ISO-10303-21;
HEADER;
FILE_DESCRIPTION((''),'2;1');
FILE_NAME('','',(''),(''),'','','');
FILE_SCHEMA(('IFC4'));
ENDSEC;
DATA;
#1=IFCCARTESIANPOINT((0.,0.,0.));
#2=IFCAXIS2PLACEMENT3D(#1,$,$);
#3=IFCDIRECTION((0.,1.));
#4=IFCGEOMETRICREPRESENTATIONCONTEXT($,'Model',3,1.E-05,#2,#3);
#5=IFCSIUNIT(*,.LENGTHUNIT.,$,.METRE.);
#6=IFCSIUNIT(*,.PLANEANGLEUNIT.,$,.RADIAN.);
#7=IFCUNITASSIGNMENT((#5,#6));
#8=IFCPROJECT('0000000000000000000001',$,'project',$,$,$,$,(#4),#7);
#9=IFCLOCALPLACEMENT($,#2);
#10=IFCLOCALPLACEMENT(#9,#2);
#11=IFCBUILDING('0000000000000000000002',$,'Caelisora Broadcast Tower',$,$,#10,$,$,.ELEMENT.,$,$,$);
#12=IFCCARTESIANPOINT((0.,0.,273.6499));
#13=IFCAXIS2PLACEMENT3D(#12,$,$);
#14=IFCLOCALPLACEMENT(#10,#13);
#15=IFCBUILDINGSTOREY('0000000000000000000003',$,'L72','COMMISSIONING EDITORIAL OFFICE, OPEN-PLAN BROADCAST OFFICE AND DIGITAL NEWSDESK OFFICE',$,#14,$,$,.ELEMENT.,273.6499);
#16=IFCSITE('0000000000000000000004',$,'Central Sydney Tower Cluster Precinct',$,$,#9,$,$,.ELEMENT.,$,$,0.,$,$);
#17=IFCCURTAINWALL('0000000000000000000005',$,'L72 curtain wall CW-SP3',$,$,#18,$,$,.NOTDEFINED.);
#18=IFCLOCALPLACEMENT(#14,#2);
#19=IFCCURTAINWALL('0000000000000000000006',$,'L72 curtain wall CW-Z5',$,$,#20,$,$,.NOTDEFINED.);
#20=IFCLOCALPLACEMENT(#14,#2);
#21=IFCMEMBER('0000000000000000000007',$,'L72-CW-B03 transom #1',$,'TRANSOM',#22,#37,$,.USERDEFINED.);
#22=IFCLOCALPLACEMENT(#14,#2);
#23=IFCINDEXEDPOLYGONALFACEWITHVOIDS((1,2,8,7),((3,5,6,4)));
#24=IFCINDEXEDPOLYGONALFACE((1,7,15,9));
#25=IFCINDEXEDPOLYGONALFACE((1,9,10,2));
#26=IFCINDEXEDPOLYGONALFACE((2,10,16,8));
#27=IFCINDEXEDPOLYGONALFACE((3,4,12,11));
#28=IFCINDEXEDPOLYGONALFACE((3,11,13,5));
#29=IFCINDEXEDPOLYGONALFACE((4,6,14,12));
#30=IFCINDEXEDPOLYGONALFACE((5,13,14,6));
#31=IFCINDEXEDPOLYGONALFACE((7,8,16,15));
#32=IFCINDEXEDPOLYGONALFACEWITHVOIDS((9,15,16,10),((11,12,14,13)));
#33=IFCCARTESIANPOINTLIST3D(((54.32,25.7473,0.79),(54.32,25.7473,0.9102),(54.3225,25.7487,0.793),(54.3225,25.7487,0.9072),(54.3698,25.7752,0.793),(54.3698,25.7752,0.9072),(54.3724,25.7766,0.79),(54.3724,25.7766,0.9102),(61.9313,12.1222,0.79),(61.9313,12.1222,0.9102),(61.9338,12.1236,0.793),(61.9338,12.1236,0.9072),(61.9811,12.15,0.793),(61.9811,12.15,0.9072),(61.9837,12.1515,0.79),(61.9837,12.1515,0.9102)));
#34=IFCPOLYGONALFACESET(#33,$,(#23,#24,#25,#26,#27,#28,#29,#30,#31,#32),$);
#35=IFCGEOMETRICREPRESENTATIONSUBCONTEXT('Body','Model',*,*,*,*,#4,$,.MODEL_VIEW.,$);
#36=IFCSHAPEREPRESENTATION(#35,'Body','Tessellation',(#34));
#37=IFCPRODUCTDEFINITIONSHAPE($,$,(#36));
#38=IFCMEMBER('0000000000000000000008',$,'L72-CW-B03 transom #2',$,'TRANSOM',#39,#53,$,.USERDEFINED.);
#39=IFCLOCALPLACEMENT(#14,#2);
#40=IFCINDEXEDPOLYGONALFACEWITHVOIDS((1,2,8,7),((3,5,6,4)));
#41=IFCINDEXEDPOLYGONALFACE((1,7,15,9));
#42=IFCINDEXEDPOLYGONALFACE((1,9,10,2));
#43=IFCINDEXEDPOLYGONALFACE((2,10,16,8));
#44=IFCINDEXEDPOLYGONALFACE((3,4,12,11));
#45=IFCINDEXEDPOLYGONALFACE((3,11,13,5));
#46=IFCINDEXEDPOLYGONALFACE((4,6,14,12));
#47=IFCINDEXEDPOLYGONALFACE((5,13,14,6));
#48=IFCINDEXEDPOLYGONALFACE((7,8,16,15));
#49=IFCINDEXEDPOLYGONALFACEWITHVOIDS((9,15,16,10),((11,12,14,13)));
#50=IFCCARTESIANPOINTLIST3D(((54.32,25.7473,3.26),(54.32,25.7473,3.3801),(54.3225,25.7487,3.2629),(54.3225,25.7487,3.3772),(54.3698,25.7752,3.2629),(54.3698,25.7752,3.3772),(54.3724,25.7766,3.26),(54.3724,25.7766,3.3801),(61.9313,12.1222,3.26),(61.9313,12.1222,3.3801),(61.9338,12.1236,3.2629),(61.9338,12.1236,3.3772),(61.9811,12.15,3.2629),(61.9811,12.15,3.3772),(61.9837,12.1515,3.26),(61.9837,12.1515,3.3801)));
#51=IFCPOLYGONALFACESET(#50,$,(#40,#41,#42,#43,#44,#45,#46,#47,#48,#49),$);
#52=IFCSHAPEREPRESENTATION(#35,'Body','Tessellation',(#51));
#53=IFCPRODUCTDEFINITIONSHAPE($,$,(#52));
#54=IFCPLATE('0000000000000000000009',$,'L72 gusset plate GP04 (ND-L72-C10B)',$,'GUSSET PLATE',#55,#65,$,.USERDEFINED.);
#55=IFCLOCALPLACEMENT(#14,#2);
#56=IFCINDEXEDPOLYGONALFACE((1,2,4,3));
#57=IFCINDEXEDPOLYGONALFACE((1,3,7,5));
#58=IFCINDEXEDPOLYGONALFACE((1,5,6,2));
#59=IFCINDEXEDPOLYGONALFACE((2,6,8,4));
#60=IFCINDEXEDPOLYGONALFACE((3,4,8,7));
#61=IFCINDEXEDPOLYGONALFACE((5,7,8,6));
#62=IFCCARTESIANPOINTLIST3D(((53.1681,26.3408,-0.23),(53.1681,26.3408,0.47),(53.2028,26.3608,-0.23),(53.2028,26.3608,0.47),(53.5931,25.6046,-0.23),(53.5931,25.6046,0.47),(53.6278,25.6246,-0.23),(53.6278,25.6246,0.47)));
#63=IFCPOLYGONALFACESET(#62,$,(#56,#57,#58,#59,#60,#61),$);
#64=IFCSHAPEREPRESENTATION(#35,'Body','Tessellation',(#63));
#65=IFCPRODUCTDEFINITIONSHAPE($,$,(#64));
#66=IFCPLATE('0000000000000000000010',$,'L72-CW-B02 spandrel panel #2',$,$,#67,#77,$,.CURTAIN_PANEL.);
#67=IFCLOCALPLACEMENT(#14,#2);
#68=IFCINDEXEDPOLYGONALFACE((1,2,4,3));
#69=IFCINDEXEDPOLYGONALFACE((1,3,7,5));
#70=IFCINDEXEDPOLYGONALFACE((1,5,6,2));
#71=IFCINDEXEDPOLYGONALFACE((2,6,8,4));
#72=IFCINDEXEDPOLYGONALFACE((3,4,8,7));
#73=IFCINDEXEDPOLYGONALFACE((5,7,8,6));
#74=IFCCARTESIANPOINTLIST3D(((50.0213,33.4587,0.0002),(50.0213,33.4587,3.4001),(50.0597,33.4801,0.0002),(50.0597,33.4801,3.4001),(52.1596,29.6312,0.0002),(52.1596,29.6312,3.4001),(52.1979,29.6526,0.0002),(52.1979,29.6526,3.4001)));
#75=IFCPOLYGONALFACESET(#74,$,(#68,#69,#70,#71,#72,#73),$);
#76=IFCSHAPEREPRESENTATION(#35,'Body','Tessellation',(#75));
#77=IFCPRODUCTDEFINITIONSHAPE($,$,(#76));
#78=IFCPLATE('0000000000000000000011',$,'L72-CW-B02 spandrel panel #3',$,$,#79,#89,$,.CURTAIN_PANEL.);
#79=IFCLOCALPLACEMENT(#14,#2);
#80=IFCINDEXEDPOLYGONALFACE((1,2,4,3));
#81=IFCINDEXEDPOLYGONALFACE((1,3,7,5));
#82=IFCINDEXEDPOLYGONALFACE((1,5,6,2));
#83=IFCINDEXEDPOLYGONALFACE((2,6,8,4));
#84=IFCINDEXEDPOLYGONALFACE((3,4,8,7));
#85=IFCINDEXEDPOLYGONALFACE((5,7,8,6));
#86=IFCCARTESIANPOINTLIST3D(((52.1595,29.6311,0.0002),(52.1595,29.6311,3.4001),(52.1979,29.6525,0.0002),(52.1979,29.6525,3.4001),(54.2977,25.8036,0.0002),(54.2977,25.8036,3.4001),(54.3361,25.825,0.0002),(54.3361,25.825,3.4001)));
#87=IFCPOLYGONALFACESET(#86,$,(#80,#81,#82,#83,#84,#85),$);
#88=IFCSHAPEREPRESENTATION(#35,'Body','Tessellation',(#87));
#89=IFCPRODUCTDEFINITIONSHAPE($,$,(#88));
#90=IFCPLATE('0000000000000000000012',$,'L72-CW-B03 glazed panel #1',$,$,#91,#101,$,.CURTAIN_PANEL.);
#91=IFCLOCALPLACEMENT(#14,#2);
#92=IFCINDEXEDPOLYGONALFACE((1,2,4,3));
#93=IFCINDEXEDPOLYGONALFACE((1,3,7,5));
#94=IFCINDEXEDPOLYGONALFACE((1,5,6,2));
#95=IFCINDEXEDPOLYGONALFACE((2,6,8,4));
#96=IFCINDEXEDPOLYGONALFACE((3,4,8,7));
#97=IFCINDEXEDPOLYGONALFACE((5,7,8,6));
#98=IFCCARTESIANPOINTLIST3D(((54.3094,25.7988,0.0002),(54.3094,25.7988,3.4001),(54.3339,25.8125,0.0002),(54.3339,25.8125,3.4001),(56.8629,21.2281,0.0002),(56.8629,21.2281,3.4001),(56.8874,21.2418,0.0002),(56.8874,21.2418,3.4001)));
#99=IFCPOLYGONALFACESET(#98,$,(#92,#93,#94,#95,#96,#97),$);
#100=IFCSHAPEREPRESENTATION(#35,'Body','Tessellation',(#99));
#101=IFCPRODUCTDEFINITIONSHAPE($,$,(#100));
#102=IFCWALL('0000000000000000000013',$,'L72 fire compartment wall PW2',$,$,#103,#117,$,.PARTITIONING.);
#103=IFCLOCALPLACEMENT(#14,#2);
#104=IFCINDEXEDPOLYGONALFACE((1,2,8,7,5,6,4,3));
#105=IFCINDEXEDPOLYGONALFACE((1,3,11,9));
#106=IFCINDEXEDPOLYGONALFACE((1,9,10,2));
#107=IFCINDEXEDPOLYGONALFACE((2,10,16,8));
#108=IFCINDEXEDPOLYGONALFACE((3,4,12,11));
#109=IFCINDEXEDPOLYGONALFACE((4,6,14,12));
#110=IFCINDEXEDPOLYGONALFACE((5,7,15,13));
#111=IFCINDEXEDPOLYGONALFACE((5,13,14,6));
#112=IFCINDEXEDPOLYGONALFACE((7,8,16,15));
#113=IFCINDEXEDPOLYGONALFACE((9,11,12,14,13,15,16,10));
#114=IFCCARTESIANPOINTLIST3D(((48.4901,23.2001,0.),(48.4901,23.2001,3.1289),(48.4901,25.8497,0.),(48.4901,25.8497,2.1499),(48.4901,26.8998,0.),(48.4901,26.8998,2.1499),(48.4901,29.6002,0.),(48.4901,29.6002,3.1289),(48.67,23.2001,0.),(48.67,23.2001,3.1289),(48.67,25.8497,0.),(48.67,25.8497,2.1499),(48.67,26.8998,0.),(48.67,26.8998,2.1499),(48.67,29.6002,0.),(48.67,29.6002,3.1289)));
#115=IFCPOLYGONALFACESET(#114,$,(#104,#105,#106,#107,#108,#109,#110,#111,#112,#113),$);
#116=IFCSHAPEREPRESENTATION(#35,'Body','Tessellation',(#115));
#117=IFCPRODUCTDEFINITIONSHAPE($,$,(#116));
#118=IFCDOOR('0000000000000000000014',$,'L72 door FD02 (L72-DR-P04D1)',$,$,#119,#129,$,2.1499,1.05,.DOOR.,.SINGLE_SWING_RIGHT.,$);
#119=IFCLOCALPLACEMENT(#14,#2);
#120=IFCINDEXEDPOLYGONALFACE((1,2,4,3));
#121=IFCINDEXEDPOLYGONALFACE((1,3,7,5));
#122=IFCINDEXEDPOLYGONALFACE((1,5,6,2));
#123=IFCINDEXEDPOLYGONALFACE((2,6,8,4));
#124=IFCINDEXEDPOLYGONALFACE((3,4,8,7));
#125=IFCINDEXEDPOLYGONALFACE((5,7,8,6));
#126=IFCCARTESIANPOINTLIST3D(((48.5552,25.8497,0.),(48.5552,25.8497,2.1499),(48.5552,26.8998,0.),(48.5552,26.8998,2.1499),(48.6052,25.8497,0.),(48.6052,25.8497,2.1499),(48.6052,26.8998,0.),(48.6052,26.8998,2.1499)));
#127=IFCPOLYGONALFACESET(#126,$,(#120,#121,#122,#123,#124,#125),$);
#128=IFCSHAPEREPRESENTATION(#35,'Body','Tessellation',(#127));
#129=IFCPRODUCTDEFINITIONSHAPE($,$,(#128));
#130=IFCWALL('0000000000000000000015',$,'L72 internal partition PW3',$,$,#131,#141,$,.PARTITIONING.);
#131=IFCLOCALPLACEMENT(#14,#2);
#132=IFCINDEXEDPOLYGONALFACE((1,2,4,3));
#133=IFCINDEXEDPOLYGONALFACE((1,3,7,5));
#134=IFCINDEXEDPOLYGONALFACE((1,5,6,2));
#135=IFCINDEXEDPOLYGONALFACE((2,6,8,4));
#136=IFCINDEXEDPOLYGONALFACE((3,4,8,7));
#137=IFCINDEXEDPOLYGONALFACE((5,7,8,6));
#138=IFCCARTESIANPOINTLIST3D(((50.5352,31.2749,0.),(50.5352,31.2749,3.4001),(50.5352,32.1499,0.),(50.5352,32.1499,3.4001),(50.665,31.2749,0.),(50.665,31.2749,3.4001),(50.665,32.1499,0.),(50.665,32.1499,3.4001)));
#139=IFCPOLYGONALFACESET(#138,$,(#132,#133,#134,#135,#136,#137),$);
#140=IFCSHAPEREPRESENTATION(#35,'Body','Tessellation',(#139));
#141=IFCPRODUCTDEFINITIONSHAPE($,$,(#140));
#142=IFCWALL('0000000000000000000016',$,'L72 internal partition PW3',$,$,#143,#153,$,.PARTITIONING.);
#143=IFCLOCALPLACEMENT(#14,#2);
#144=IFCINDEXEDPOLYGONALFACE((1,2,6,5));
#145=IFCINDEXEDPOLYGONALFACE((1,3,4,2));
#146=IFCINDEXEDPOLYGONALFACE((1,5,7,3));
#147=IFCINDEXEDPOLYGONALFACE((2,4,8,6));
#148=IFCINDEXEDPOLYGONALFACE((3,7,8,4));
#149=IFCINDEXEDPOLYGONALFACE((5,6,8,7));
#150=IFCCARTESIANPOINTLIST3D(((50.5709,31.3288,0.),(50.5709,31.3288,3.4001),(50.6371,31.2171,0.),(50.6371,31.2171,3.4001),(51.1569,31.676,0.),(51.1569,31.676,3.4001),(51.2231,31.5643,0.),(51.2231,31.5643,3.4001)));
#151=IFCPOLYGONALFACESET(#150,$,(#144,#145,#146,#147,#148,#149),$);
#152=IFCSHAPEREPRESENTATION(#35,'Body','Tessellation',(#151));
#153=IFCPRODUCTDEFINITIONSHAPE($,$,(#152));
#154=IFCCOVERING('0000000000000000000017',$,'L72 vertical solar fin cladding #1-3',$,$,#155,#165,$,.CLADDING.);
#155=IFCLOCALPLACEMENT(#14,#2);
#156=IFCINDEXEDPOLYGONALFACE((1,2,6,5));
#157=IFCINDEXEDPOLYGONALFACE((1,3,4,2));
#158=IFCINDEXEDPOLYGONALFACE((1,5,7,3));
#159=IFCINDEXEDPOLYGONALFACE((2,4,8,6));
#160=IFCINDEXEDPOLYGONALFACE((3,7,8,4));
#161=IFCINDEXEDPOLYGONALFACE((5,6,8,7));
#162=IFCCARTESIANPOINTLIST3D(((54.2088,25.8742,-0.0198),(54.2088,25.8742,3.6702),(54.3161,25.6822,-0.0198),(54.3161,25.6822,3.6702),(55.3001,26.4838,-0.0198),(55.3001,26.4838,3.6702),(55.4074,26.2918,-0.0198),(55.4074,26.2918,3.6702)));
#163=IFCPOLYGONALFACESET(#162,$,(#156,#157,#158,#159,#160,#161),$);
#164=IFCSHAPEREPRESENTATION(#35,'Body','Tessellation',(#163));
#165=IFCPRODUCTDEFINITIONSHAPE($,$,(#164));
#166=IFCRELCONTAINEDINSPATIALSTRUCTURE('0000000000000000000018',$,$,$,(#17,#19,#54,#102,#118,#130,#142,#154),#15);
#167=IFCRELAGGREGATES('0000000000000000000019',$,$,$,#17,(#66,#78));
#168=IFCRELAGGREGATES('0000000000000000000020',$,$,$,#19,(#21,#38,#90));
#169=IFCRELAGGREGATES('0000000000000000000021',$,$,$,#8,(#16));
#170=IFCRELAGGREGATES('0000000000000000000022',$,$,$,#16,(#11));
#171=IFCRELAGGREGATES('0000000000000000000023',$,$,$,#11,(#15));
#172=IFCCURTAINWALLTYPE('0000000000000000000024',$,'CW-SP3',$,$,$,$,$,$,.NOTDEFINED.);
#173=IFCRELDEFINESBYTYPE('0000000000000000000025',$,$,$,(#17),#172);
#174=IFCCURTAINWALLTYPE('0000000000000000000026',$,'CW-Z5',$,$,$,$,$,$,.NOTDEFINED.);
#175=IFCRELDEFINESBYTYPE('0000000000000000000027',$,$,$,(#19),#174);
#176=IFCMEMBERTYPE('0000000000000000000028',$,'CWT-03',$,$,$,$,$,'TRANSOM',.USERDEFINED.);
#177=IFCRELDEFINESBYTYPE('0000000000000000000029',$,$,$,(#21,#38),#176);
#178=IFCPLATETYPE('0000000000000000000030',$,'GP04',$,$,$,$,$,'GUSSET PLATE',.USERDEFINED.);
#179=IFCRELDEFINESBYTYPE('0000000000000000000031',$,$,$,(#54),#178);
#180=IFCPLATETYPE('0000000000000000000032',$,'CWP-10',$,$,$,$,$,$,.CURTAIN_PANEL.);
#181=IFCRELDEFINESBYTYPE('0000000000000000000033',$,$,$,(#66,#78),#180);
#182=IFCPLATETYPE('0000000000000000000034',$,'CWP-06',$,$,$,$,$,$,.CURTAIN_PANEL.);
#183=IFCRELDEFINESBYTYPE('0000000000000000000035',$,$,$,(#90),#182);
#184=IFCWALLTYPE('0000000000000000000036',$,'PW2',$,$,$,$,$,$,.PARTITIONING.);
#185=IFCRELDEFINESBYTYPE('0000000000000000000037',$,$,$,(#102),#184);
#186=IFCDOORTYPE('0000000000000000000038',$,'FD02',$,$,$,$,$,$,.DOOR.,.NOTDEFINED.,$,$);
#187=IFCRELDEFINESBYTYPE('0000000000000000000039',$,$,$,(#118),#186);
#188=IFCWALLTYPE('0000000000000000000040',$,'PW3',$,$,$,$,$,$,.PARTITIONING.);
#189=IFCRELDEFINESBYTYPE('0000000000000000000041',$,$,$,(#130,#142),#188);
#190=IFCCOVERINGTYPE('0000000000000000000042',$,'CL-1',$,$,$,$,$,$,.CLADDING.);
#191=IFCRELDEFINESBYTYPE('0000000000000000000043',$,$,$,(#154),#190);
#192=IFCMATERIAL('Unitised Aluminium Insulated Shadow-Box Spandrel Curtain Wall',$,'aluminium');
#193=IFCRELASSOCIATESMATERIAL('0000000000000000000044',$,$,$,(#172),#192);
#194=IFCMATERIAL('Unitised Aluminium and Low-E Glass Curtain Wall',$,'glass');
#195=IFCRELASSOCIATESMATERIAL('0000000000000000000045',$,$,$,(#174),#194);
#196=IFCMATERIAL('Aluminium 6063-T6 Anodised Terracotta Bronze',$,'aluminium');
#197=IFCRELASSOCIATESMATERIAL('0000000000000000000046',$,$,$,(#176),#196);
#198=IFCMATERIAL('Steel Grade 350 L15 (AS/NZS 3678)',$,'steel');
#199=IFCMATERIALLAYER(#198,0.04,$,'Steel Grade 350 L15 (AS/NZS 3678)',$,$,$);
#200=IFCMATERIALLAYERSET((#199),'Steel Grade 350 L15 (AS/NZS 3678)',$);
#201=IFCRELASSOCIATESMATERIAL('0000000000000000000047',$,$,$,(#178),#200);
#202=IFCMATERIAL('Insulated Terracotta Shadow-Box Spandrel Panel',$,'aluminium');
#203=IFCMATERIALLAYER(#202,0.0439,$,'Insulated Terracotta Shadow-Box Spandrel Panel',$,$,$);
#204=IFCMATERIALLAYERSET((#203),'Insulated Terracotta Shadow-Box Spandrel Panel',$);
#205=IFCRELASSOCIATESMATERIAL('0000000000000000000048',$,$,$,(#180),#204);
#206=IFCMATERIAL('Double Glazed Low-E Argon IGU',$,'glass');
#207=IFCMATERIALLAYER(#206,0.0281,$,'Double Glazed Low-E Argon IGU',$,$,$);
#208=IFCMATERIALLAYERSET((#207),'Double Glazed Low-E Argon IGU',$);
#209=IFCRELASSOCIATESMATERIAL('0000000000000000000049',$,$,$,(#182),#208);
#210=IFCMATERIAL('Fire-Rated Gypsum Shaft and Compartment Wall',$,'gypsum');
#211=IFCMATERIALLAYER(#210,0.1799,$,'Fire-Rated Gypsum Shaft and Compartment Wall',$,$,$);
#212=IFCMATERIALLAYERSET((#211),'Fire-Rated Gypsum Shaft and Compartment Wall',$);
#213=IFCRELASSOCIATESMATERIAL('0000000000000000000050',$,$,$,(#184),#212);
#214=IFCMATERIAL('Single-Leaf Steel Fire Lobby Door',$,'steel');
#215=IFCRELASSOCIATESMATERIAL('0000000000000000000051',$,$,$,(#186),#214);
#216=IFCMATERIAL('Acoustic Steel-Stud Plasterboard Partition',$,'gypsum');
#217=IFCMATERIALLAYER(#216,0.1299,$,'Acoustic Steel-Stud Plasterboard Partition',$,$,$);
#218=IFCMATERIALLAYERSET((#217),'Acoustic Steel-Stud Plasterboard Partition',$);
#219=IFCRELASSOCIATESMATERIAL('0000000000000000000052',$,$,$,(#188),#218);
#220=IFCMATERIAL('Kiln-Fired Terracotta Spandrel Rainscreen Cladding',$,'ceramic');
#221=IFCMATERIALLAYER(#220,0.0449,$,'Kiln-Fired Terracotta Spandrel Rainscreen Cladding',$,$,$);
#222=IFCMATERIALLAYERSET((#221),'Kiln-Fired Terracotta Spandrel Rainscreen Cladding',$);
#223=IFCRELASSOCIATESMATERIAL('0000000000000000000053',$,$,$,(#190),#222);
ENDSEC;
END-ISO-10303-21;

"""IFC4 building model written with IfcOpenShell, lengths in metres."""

from ifc_helpers import new_model, si_unit, direction, frame, frame_2d, origin, origin_2d, place, context, subcontext, project, spatial, rectangle, hollow_rectangle, extrude, source, transform, mapped, material, layer, layer_set, material_profile, profile_set, type_object, type_shapes, element, fill, aggregate, save


model = new_model("IFC4")

# Units and contexts
model_context = context("Model", 3, precision=1e-05, world=origin(), true_north=direction((0.0, 1.0)))
body_context = subcontext(model_context, "Body", "Model", "MODEL_VIEW")
ifc_project = project(units=[si_unit("LENGTHUNIT", "METRE"), si_unit("PLANEANGLEUNIT", "RADIAN")], contexts=[model_context])

# Site, building, storey
site_placement = place(None, origin())
site = spatial("IfcSite", under=ifc_project, at=site_placement, Name="Central Sydney Tower Cluster Precinct", CompositionType="ELEMENT", RefElevation=0.0)
building_placement = place(site_placement, origin())
building = spatial("IfcBuilding", under=site, at=building_placement, Name="Caelisora Broadcast Tower", CompositionType="ELEMENT")
storey_placement = place(building_placement, frame((0.0, 0.0, 273.6499)))
storey = spatial("IfcBuildingStorey", under=building, at=storey_placement, Name="L72", Description="COMMISSIONING EDITORIAL OFFICE, OPEN-PLAN BROADCAST OFFICE AND DIGITAL NEWSDESK OFFICE", CompositionType="ELEMENT", Elevation=273.6499)

# Shared definitions
ifc_material_1 = material(Name="Steel Grade 350 L15 (AS/NZS 3678)", Category="steel")

# Curtain walls, members
ifc_material_2 = material(Name="Unitised Aluminium Insulated Shadow-Box Spandrel Curtain Wall", Category="aluminium")
curtain_wall_type_1 = type_object("IfcCurtainWallType", Name="CW-SP3", PredefinedType="NOTDEFINED", material=ifc_material_2)
curtain_wall_1_placement = place(storey_placement, origin())
curtain_wall_1 = element("IfcCurtainWall", 1, at=curtain_wall_1_placement, inside=storey, type_object=curtain_wall_type_1, Name="L72 curtain wall CW-SP3", PredefinedType="NOTDEFINED")
ifc_material_3 = material(Name="Aluminium 6063-T6 Anodised Terracotta Bronze", Category="aluminium")
ifc_material_4 = material(Name="Unitised Aluminium and Low-E Glass Curtain Wall", Category="glass")
curtain_wall_type_2 = type_object("IfcCurtainWallType", Name="CW-Z5", PredefinedType="NOTDEFINED", material=ifc_material_4)
curtain_wall_2_placement = place(storey_placement, origin())
curtain_wall_2 = element("IfcCurtainWall", 2, at=curtain_wall_2_placement, inside=storey, type_object=curtain_wall_type_2, Name="L72 curtain wall CW-Z5", PredefinedType="NOTDEFINED")
ifc_material_profile_1 = material_profile(ifc_material_3, hollow_rectangle(XDim=0.0601, YDim=0.1201, WallThickness=0.0029, at=origin_2d()), Name="Aluminium 6063-T6 Anodised Terracotta Bronze")
ifc_profile_set_1 = profile_set([ifc_material_profile_1], Name="Aluminium 6063-T6 Anodised Terracotta Bronze")
member_type_1 = type_object("IfcMemberType", Name="CWT-03", ElementType="TRANSOM", PredefinedType="USERDEFINED", material=ifc_profile_set_1)
shared_shape_1 = source(origin(), body_context, "Body", "SweptSolid", [
    extrude(hollow_rectangle(XDim=0.0601, YDim=0.1201, WallThickness=0.0029, at=origin_2d()), origin(), (0.0, 0.0, 1.0), 15.6069),
])
type_shapes(member_type_1, [shared_shape_1])
member_1_placement = place(storey_placement, frame((54.3462, 25.762, 0.8501), z_axis=(0.487686, -0.873019, 0.0), x_axis=(0.873019, 0.487686, 0.0)))
member_1 = element("IfcMember", 3, at=member_1_placement, type_object=member_type_1, Name="L72-CW-B03 transom #1", ObjectType="TRANSOM", PredefinedType="USERDEFINED", context=body_context, shape_type="MappedRepresentation", body=[
    mapped(shared_shape_1, transform((0.0, 0.0, 0.0), scale=1.0)),
])
member_2_placement = place(storey_placement, frame((54.3462, 25.762, 3.3201), z_axis=(0.487686, -0.873019, 0.0), x_axis=(0.873019, 0.487686, 0.0)))
member_2 = element("IfcMember", 4, at=member_2_placement, type_object=member_type_1, Name="L72-CW-B03 transom #2", ObjectType="TRANSOM", PredefinedType="USERDEFINED", context=body_context, shape_type="MappedRepresentation", body=[
    mapped(shared_shape_1, transform((0.0, 0.0, 0.0), scale=1.0)),
])

# Plates
ifc_layer_1 = layer(ifc_material_1, 0.04, Name="Steel Grade 350 L15 (AS/NZS 3678)")
ifc_layer_set_1 = layer_set([ifc_layer_1], Name="Steel Grade 350 L15 (AS/NZS 3678)")
plate_type_1 = type_object("IfcPlateType", Name="GP04", ElementType="GUSSET PLATE", PredefinedType="USERDEFINED", material=ifc_layer_set_1)
shared_shape_2 = source(origin(), body_context, "Body", "SweptSolid", [
    extrude(rectangle(XDim=0.8501, YDim=0.04, at=origin_2d()), origin(), (0.0, 0.0, 1.0), 0.7),
])
type_shapes(plate_type_1, [shared_shape_2])
plate_1_placement = place(storey_placement, frame((53.3979, 25.9827, -0.23), z_axis=(0.0, 0.0, 1.0), x_axis=(-0.5, 0.866025, 0.0)))
element("IfcPlate", 5, at=plate_1_placement, inside=storey, type_object=plate_type_1, Name="L72 gusset plate GP04 (ND-L72-C10B)", ObjectType="GUSSET PLATE", PredefinedType="USERDEFINED", context=body_context, shape_type="MappedRepresentation", body=[
    mapped(shared_shape_2, transform((0.0, 0.0, 0.0), scale=1.0)),
])
ifc_material_5 = material(Name="Insulated Terracotta Shadow-Box Spandrel Panel", Category="aluminium")
ifc_layer_2 = layer(ifc_material_5, 0.0439, Name="Insulated Terracotta Shadow-Box Spandrel Panel")
ifc_layer_set_2 = layer_set([ifc_layer_2], Name="Insulated Terracotta Shadow-Box Spandrel Panel")
plate_type_2 = type_object("IfcPlateType", Name="CWP-10", PredefinedType="CURTAIN_PANEL", material=ifc_layer_set_2)
shared_shape_3 = source(origin(), body_context, "Body", "SweptSolid", [
    extrude(rectangle(XDim=4.3843, YDim=0.0439, at=origin_2d()), origin(), (0.0, 0.0, 1.0), 3.3999),
])
type_shapes(plate_type_2, [shared_shape_3])
plate_2_placement = place(storey_placement, frame((51.1096, 31.5557, 0.0002), z_axis=(0.0, 0.0, 1.0), x_axis=(0.487707, -0.873007, 0.0)))
plate_2 = element("IfcPlate", 6, at=plate_2_placement, type_object=plate_type_2, Name="L72-CW-B02 spandrel panel #2", PredefinedType="CURTAIN_PANEL", context=body_context, shape_type="MappedRepresentation", body=[
    mapped(shared_shape_3, transform((0.0, 0.0, 0.0), scale=1.0)),
])
plate_3_placement = place(storey_placement, frame((53.2478, 27.728, 0.0002), z_axis=(0.0, 0.0, 1.0), x_axis=(0.487707, -0.873007, 0.0)))
plate_3 = element("IfcPlate", 7, at=plate_3_placement, type_object=plate_type_2, Name="L72-CW-B02 spandrel panel #3", PredefinedType="CURTAIN_PANEL", context=body_context, shape_type="MappedRepresentation", body=[
    mapped(shared_shape_3, transform((0.0, 0.0, 0.0), scale=1.0)),
])
aggregate(curtain_wall_1, [plate_2, plate_3])
ifc_material_6 = material(Name="Double Glazed Low-E Argon IGU", Category="glass")
ifc_layer_3 = layer(ifc_material_6, 0.0281, Name="Double Glazed Low-E Argon IGU")
ifc_layer_set_3 = layer_set([ifc_layer_3], Name="Double Glazed Low-E Argon IGU")
plate_type_3 = type_object("IfcPlateType", Name="CWP-06", PredefinedType="CURTAIN_PANEL", material=ifc_layer_set_3)
shared_shape_4 = source(origin(), body_context, "Body", "SweptSolid", [
    extrude(rectangle(XDim=5.2356, YDim=0.0281, at=origin_2d()), origin(), (0.0, 0.0, 1.0), 3.3999),
])
type_shapes(plate_type_3, [shared_shape_4])
plate_4_placement = place(storey_placement, frame((55.5984, 23.5203, 0.0002), z_axis=(0.0, 0.0, 1.0), x_axis=(0.487707, -0.873007, 0.0)))
plate_4 = element("IfcPlate", 8, at=plate_4_placement, type_object=plate_type_3, Name="L72-CW-B03 glazed panel #1", PredefinedType="CURTAIN_PANEL", context=body_context, shape_type="MappedRepresentation", body=[
    mapped(shared_shape_4, transform((0.0, 0.0, 0.0), scale=1.0)),
])
aggregate(curtain_wall_2, [member_1, member_2, plate_4])

# Wall, opening, door
ifc_material_7 = material(Name="Fire-Rated Gypsum Shaft and Compartment Wall", Category="gypsum")
ifc_layer_4 = layer(ifc_material_7, 0.1799, Name="Fire-Rated Gypsum Shaft and Compartment Wall")
ifc_layer_set_4 = layer_set([ifc_layer_4], Name="Fire-Rated Gypsum Shaft and Compartment Wall")
wall_type_1 = type_object("IfcWallType", Name="PW2", PredefinedType="PARTITIONING", material=ifc_layer_set_4)
wall_1_placement = place(storey_placement, frame((48.5801, 23.2, 0.0), z_axis=(0.0, 0.0, 1.0), x_axis=(0.0, 1.0, 0.0)))
wall_1 = element("IfcWall", 9, at=wall_1_placement, inside=storey, type_object=wall_type_1, Name="L72 fire compartment wall PW2", PredefinedType="PARTITIONING", context=body_context, shape_type="SweptSolid", body=[
    extrude(rectangle(XDim=6.4001, YDim=0.1799, at=frame_2d((3.2002, 0.0))), origin(), (0.0, 0.0, 1.0), 3.1289),
])
opening_placement = place(wall_1_placement, frame((2.6499, 0.0, 0.0)))
opening = element("IfcOpeningElement", 10, at=opening_placement, cuts=wall_1, PredefinedType="OPENING", context=body_context, shape_type="SweptSolid", body=[
    extrude(rectangle(XDim=1.05, YDim=2.1499, at=frame_2d((0.5249, 1.075))), frame((0.0, 0.1021, 0.0), z_axis=(0.0, -1.0, 0.0), x_axis=(1.0, 0.0, 0.0)), (0.0, 0.0, 1.0), 0.2039),
])
ifc_material_8 = material(Name="Single-Leaf Steel Fire Lobby Door", Category="steel")
door_type = type_object("IfcDoorType", Name="FD02", OperationType="NOTDEFINED", PredefinedType="DOOR", material=ifc_material_8)
door_placement = place(opening_placement, origin())
door = element("IfcDoor", 11, at=door_placement, inside=storey, type_object=door_type, Name="L72 door FD02 (L72-DR-P04D1)", OperationType="SINGLE_SWING_RIGHT", OverallHeight=2.1499, OverallWidth=1.05, PredefinedType="DOOR", context=body_context, shape_type="SweptSolid", body=[
    extrude(rectangle(XDim=1.05, YDim=2.1499, at=frame_2d((0.5249, 1.075))), frame((0.0, 0.0249, 0.0), z_axis=(0.0, -1.0, 0.0), x_axis=(1.0, 0.0, 0.0)), (0.0, 0.0, 1.0), 0.05),
])
fill(opening, door)

# Walls
ifc_material_9 = material(Name="Acoustic Steel-Stud Plasterboard Partition", Category="gypsum")
ifc_layer_5 = layer(ifc_material_9, 0.1299, Name="Acoustic Steel-Stud Plasterboard Partition")
ifc_layer_set_5 = layer_set([ifc_layer_5], Name="Acoustic Steel-Stud Plasterboard Partition")
wall_type_2 = type_object("IfcWallType", Name="PW3", PredefinedType="PARTITIONING", material=ifc_layer_set_5)
wall_2_placement = place(storey_placement, frame((50.6001, 31.2749, 0.0), z_axis=(0.0, 0.0, 1.0), x_axis=(0.0, 1.0, 0.0)))
element("IfcWall", 12, at=wall_2_placement, inside=storey, type_object=wall_type_2, Name="L72 internal partition PW3", PredefinedType="PARTITIONING", context=body_context, shape_type="SweptSolid", body=[
    extrude(rectangle(XDim=0.875, YDim=0.1299, at=frame_2d((0.4375, 0.0))), origin(), (0.0, 0.0, 1.0), 3.4001),
])
wall_3_placement = place(storey_placement, frame((50.604, 31.2729, 0.0), z_axis=(0.0, 0.0, 1.0), x_axis=(0.860326, 0.509743, 0.0)))
element("IfcWall", 13, at=wall_3_placement, inside=storey, type_object=wall_type_2, Name="L72 internal partition PW3", PredefinedType="PARTITIONING", context=body_context, shape_type="SweptSolid", body=[
    extrude(rectangle(XDim=0.6812, YDim=0.1299, at=frame_2d((0.3406, 0.0))), origin(), (0.0, 0.0, 1.0), 3.4001),
])

# Covering
ifc_material_10 = material(Name="Kiln-Fired Terracotta Spandrel Rainscreen Cladding", Category="ceramic")
ifc_layer_6 = layer(ifc_material_10, 0.0449, Name="Kiln-Fired Terracotta Spandrel Rainscreen Cladding")
ifc_layer_set_6 = layer_set([ifc_layer_6], Name="Kiln-Fired Terracotta Spandrel Rainscreen Cladding")
covering_type = type_object("IfcCoveringType", Name="CL-1", PredefinedType="CLADDING", material=ifc_layer_set_6)
shared_shape_5 = source(origin(), body_context, "Body", "SweptSolid", [
    extrude(rectangle(XDim=0.22, YDim=1.25, at=origin_2d()), origin(), (0.0, 0.0, 1.0), 3.6899),
])
type_shapes(covering_type, [shared_shape_5])
covering_placement = place(storey_placement, frame((54.8081, 26.083, -0.0198), z_axis=(0.0, 0.0, 1.0), x_axis=(0.487707, -0.873007, 0.0)))
element("IfcCovering", 14, at=covering_placement, inside=storey, type_object=covering_type, Name="L72 vertical solar fin cladding #1-3", PredefinedType="CLADDING", context=body_context, shape_type="MappedRepresentation", body=[
    mapped(shared_shape_5, transform((0.0, 0.0, 0.0), scale=1.0)),
])

save(model, "model.ifc")
